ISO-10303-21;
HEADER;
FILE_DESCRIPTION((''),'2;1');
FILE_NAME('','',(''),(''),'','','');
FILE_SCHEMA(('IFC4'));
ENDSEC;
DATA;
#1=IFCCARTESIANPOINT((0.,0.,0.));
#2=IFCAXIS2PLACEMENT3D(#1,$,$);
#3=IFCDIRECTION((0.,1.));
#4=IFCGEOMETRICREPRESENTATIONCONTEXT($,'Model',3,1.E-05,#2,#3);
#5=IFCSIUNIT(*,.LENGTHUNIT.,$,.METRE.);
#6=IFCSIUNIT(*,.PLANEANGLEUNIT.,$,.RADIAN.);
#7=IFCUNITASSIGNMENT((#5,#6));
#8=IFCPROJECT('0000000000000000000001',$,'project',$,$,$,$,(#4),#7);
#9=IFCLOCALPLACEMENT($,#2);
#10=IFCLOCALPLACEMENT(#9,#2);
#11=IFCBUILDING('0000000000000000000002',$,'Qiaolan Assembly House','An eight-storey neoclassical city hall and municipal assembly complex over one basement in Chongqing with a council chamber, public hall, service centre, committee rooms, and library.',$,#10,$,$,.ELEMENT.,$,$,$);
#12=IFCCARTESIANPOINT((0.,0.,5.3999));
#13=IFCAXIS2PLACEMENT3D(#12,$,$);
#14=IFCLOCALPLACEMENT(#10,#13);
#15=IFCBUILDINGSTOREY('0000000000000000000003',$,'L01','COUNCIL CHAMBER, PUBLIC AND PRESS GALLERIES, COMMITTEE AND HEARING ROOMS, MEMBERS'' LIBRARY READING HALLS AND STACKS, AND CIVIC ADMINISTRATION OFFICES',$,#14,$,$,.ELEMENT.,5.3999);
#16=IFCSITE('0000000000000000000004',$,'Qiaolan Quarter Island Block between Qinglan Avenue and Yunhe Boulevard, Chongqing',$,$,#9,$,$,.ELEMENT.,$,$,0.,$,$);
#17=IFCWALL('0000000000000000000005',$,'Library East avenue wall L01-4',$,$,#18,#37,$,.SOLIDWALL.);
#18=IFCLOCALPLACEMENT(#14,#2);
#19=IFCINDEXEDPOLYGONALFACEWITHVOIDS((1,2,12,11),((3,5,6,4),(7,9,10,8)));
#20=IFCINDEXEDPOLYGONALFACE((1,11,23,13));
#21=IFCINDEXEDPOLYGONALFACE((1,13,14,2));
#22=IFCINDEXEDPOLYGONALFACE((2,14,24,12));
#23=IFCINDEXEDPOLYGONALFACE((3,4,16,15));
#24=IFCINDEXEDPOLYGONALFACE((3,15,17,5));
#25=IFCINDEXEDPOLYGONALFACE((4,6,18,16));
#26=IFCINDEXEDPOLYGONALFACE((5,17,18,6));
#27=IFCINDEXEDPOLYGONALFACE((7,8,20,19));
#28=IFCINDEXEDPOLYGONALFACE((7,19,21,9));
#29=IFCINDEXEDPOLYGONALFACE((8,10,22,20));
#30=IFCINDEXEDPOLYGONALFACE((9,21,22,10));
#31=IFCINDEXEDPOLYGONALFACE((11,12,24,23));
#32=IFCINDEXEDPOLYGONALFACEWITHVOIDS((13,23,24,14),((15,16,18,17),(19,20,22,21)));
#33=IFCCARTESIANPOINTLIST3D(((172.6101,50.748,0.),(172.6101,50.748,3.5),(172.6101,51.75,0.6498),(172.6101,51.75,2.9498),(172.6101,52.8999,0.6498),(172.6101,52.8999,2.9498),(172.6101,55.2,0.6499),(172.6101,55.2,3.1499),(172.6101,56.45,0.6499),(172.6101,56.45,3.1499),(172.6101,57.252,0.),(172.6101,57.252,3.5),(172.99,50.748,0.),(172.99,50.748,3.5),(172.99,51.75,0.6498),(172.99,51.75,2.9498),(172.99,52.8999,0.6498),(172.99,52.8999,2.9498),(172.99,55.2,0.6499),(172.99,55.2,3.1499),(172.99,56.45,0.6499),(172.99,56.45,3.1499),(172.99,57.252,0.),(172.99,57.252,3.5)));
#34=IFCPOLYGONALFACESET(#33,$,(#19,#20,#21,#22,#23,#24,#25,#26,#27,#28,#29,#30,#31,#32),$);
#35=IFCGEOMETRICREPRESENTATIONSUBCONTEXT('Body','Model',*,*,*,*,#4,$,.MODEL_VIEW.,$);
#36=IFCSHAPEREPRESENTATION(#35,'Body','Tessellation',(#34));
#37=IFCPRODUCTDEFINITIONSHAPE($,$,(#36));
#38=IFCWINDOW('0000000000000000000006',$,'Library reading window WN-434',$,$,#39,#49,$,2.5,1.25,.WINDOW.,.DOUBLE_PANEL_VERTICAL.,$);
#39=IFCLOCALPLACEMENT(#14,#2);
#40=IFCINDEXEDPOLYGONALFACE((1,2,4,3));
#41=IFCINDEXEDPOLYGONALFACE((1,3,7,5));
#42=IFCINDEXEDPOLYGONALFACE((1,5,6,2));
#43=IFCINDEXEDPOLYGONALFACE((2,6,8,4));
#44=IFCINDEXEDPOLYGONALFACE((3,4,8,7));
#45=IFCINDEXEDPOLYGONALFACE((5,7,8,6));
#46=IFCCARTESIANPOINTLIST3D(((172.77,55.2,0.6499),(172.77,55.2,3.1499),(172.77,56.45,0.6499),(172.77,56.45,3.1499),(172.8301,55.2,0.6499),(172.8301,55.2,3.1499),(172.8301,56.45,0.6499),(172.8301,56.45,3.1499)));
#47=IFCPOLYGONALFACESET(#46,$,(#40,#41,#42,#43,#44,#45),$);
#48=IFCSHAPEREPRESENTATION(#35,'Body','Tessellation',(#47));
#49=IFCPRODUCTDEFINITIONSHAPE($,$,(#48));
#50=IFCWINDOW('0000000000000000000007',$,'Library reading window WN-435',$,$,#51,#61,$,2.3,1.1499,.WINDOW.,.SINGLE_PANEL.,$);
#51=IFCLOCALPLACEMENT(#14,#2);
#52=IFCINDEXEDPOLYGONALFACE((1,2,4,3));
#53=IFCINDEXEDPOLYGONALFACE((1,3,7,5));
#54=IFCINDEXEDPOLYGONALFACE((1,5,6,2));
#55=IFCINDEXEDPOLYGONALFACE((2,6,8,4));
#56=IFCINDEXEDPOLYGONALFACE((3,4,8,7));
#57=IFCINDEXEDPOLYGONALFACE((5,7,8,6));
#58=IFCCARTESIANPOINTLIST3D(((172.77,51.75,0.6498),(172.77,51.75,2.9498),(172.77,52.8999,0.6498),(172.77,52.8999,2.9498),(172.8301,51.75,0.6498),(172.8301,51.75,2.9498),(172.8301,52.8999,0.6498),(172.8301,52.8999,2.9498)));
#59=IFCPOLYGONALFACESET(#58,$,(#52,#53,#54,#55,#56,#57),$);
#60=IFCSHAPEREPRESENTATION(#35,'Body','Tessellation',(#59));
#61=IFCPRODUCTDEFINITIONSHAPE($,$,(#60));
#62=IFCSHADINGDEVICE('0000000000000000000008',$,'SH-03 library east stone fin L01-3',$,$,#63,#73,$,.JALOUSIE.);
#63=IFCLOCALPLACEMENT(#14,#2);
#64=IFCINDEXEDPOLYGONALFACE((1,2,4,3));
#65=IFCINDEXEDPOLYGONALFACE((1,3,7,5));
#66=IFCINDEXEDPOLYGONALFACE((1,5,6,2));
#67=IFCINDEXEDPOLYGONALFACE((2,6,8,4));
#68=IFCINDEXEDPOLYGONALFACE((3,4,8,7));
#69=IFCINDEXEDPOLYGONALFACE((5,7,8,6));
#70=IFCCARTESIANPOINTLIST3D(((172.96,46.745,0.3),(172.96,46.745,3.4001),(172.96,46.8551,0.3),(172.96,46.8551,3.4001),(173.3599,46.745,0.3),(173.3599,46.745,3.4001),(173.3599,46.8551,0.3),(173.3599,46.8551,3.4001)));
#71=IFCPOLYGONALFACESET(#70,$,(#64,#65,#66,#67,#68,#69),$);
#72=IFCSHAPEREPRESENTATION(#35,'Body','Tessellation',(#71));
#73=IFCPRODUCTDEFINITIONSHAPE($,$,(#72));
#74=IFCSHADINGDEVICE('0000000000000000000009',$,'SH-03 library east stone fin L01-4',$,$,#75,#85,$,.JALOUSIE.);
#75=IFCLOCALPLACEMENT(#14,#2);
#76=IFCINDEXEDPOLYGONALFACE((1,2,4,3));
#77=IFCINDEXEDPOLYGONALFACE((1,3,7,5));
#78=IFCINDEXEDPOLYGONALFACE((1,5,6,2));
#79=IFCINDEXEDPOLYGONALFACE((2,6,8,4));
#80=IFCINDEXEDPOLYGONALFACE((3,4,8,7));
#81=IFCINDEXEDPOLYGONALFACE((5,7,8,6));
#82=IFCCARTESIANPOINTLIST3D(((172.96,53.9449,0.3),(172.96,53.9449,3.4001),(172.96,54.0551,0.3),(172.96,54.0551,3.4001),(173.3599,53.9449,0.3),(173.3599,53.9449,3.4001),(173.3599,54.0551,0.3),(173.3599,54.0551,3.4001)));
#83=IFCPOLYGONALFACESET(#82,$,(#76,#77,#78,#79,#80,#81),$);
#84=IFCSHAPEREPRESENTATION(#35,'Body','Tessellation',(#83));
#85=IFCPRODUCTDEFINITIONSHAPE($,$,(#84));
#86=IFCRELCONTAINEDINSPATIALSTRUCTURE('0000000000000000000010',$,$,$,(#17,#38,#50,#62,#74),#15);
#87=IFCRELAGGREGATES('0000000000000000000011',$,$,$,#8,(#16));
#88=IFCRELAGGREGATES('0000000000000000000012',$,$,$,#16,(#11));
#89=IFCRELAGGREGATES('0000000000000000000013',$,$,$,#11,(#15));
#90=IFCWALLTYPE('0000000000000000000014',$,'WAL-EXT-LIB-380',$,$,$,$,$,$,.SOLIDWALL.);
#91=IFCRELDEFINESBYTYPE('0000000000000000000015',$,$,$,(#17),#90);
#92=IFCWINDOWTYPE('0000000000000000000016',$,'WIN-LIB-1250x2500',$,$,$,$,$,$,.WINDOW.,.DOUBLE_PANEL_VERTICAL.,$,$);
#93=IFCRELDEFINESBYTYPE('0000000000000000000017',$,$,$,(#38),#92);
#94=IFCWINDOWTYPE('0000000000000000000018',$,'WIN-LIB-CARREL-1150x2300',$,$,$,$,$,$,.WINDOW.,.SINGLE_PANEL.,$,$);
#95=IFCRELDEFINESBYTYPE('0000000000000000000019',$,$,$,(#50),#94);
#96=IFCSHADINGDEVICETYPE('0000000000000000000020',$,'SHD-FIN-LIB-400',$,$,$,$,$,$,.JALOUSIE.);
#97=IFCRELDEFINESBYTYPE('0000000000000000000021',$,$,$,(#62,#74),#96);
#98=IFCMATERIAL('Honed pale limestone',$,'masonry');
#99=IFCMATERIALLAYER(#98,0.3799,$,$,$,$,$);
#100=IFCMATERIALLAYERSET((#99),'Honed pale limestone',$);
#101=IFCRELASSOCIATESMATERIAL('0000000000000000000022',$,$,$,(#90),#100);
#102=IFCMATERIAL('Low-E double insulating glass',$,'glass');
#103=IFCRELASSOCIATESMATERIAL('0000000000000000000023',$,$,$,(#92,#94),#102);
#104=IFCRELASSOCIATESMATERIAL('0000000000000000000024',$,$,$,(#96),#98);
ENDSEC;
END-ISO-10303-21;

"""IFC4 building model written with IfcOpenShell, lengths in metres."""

from ifc_helpers import new_model, si_unit, direction, frame, frame_2d, origin, origin_2d, place, context, subcontext, project, spatial, rectangle, extrude, material, layer, layer_set, material_profile, profile_set, type_object, element, fill, save


model = new_model("IFC4")

# Units and contexts
model_context = context("Model", 3, precision=1e-05, world=origin(), true_north=direction((0.0, 1.0)))
body_context = subcontext(model_context, "Body", "Model", "MODEL_VIEW")
ifc_project = project(units=[si_unit("LENGTHUNIT", "METRE"), si_unit("PLANEANGLEUNIT", "RADIAN")], contexts=[model_context])

# Site, building, storey
site_placement = place(None, origin())
site = spatial("IfcSite", under=ifc_project, at=site_placement, Name="Qiaolan Quarter Island Block between Qinglan Avenue and Yunhe Boulevard, Chongqing", CompositionType="ELEMENT", RefElevation=0.0)
building_placement = place(site_placement, origin())
building = spatial("IfcBuilding", under=site, at=building_placement, Name="Qiaolan Assembly House", Description="An eight-storey neoclassical city hall and municipal assembly complex over one basement in Chongqing with a council chamber, public hall, service centre, committee rooms, and library.", CompositionType="ELEMENT")
storey_placement = place(building_placement, frame((0.0, 0.0, 5.3999)))
storey = spatial("IfcBuildingStorey", under=building, at=storey_placement, Name="L01", Description="COUNCIL CHAMBER, PUBLIC AND PRESS GALLERIES, COMMITTEE AND HEARING ROOMS, MEMBERS' LIBRARY READING HALLS AND STACKS, AND CIVIC ADMINISTRATION OFFICES", CompositionType="ELEMENT", Elevation=5.3999)

# Wall, openings, windows
ifc_material_1 = material(Name="Honed pale limestone", Category="masonry")
ifc_layer = layer(ifc_material_1, 0.3799)
ifc_layer_set = layer_set([ifc_layer], Name="Honed pale limestone")
wall_type = type_object("IfcWallType", Name="WAL-EXT-LIB-380", PredefinedType="SOLIDWALL", material=ifc_layer_set)
ifc_material_2 = material(Name="Low-E double insulating glass", Category="glass")
window_type_1 = type_object("IfcWindowType", Name="WIN-LIB-1250x2500", PartitioningType="DOUBLE_PANEL_VERTICAL", PredefinedType="WINDOW", material=ifc_material_2)
window_type_2 = type_object("IfcWindowType", Name="WIN-LIB-CARREL-1150x2300", PartitioningType="SINGLE_PANEL", PredefinedType="WINDOW", material=ifc_material_2)
wall_1_placement = place(storey_placement, frame((172.8, 57.252, 0.0), z_axis=(0.0, 0.0, 1.0), x_axis=(0.0, -1.0, 0.0)))
wall_1 = element("IfcWall", 1, at=wall_1_placement, inside=storey, type_object=wall_type, Name="Library East avenue wall L01-4", PredefinedType="SOLIDWALL", context=body_context, shape_type="SweptSolid", body=[
    extrude(rectangle(XDim=6.5039, YDim=0.3799, at=frame_2d((3.252, 0.0))), origin(), (0.0, 0.0, 1.0), 3.5),
])
opening_1_placement = place(wall_1_placement, frame((0.802, 0.0, 0.6499)))
opening_1 = element("IfcOpeningElement", 2, at=opening_1_placement, cuts=wall_1, PredefinedType="OPENING", context=body_context, shape_type="SweptSolid", body=[
    extrude(rectangle(XDim=1.25, YDim=2.5, at=frame_2d((0.625, 1.25))), frame((0.0, 0.2, 0.0), z_axis=(0.0, -1.0, 0.0), x_axis=(1.0, 0.0, 0.0)), (0.0, 0.0, 1.0), 0.3999),
])
opening_2_placement = place(wall_1_placement, frame((4.3521, 0.0, 0.6499)))
opening_2 = element("IfcOpeningElement", 3, at=opening_2_placement, cuts=wall_1, PredefinedType="OPENING", context=body_context, shape_type="SweptSolid", body=[
    extrude(rectangle(XDim=1.1499, YDim=2.3, at=frame_2d((0.575, 1.1499))), frame((0.0, 0.2, 0.0), z_axis=(0.0, -1.0, 0.0), x_axis=(1.0, 0.0, 0.0)), (0.0, 0.0, 1.0), 0.3999),
])
window_1_placement = place(opening_1_placement, origin())
window_1 = element("IfcWindow", 4, at=window_1_placement, inside=storey, type_object=window_type_1, Name="Library reading window WN-434", OverallHeight=2.5, OverallWidth=1.25, PartitioningType="DOUBLE_PANEL_VERTICAL", PredefinedType="WINDOW", context=body_context, shape_type="SweptSolid", body=[
    extrude(rectangle(XDim=1.25, YDim=2.5, at=frame_2d((0.625, 1.25))), frame((0.0, 0.03, 0.0), z_axis=(0.0, -1.0, 0.0), x_axis=(1.0, 0.0, 0.0)), (0.0, 0.0, 1.0), 0.0601),
])
fill(opening_1, window_1)
window_2_placement = place(opening_2_placement, origin())
window_2 = element("IfcWindow", 5, at=window_2_placement, inside=storey, type_object=window_type_2, Name="Library reading window WN-435", OverallHeight=2.3, OverallWidth=1.1499, PartitioningType="SINGLE_PANEL", PredefinedType="WINDOW", context=body_context, shape_type="SweptSolid", body=[
    extrude(rectangle(XDim=1.1499, YDim=2.3, at=frame_2d((0.575, 1.1499))), frame((0.0, 0.03, 0.0), z_axis=(0.0, -1.0, 0.0), x_axis=(1.0, 0.0, 0.0)), (0.0, 0.0, 1.0), 0.0601),
])
fill(opening_2, window_2)

# Shading devices
ifc_material_profile_1 = material_profile(ifc_material_1, rectangle(XDim=0.1101, YDim=0.3999, at=origin_2d()), Name="FIN 110x400")
ifc_profile_set_1 = profile_set([ifc_material_profile_1], Name="Honed pale limestone")
shading_device_type = type_object("IfcShadingDeviceType", Name="SHD-FIN-LIB-400", PredefinedType="JALOUSIE", material=ifc_profile_set_1)
for number, where, z_axis, x_axis, name in (
    (6, (173.1599, 46.8, 0.3), (0.0, 0.0, 1.0), (0.0, 1.0, 0.0), "SH-03 library east stone fin L01-3"),
    (7, (173.1599, 54.0, 0.3), (0.0, 0.0, 1.0), (0.0, 1.0, 0.0), "SH-03 library east stone fin L01-4"),
):
    element("IfcShadingDevice", number, at=place(storey_placement, frame(where, z_axis=z_axis, x_axis=x_axis)), inside=storey, type_object=shading_device_type, Name=name, PredefinedType="JALOUSIE", context=body_context, shape_type="SweptSolid", body=[
        extrude(rectangle(XDim=0.1101, YDim=0.3999, at=origin_2d()), origin(), (0.0, 0.0, 1.0), 3.1001),
    ])

save(model, "model.ifc")
